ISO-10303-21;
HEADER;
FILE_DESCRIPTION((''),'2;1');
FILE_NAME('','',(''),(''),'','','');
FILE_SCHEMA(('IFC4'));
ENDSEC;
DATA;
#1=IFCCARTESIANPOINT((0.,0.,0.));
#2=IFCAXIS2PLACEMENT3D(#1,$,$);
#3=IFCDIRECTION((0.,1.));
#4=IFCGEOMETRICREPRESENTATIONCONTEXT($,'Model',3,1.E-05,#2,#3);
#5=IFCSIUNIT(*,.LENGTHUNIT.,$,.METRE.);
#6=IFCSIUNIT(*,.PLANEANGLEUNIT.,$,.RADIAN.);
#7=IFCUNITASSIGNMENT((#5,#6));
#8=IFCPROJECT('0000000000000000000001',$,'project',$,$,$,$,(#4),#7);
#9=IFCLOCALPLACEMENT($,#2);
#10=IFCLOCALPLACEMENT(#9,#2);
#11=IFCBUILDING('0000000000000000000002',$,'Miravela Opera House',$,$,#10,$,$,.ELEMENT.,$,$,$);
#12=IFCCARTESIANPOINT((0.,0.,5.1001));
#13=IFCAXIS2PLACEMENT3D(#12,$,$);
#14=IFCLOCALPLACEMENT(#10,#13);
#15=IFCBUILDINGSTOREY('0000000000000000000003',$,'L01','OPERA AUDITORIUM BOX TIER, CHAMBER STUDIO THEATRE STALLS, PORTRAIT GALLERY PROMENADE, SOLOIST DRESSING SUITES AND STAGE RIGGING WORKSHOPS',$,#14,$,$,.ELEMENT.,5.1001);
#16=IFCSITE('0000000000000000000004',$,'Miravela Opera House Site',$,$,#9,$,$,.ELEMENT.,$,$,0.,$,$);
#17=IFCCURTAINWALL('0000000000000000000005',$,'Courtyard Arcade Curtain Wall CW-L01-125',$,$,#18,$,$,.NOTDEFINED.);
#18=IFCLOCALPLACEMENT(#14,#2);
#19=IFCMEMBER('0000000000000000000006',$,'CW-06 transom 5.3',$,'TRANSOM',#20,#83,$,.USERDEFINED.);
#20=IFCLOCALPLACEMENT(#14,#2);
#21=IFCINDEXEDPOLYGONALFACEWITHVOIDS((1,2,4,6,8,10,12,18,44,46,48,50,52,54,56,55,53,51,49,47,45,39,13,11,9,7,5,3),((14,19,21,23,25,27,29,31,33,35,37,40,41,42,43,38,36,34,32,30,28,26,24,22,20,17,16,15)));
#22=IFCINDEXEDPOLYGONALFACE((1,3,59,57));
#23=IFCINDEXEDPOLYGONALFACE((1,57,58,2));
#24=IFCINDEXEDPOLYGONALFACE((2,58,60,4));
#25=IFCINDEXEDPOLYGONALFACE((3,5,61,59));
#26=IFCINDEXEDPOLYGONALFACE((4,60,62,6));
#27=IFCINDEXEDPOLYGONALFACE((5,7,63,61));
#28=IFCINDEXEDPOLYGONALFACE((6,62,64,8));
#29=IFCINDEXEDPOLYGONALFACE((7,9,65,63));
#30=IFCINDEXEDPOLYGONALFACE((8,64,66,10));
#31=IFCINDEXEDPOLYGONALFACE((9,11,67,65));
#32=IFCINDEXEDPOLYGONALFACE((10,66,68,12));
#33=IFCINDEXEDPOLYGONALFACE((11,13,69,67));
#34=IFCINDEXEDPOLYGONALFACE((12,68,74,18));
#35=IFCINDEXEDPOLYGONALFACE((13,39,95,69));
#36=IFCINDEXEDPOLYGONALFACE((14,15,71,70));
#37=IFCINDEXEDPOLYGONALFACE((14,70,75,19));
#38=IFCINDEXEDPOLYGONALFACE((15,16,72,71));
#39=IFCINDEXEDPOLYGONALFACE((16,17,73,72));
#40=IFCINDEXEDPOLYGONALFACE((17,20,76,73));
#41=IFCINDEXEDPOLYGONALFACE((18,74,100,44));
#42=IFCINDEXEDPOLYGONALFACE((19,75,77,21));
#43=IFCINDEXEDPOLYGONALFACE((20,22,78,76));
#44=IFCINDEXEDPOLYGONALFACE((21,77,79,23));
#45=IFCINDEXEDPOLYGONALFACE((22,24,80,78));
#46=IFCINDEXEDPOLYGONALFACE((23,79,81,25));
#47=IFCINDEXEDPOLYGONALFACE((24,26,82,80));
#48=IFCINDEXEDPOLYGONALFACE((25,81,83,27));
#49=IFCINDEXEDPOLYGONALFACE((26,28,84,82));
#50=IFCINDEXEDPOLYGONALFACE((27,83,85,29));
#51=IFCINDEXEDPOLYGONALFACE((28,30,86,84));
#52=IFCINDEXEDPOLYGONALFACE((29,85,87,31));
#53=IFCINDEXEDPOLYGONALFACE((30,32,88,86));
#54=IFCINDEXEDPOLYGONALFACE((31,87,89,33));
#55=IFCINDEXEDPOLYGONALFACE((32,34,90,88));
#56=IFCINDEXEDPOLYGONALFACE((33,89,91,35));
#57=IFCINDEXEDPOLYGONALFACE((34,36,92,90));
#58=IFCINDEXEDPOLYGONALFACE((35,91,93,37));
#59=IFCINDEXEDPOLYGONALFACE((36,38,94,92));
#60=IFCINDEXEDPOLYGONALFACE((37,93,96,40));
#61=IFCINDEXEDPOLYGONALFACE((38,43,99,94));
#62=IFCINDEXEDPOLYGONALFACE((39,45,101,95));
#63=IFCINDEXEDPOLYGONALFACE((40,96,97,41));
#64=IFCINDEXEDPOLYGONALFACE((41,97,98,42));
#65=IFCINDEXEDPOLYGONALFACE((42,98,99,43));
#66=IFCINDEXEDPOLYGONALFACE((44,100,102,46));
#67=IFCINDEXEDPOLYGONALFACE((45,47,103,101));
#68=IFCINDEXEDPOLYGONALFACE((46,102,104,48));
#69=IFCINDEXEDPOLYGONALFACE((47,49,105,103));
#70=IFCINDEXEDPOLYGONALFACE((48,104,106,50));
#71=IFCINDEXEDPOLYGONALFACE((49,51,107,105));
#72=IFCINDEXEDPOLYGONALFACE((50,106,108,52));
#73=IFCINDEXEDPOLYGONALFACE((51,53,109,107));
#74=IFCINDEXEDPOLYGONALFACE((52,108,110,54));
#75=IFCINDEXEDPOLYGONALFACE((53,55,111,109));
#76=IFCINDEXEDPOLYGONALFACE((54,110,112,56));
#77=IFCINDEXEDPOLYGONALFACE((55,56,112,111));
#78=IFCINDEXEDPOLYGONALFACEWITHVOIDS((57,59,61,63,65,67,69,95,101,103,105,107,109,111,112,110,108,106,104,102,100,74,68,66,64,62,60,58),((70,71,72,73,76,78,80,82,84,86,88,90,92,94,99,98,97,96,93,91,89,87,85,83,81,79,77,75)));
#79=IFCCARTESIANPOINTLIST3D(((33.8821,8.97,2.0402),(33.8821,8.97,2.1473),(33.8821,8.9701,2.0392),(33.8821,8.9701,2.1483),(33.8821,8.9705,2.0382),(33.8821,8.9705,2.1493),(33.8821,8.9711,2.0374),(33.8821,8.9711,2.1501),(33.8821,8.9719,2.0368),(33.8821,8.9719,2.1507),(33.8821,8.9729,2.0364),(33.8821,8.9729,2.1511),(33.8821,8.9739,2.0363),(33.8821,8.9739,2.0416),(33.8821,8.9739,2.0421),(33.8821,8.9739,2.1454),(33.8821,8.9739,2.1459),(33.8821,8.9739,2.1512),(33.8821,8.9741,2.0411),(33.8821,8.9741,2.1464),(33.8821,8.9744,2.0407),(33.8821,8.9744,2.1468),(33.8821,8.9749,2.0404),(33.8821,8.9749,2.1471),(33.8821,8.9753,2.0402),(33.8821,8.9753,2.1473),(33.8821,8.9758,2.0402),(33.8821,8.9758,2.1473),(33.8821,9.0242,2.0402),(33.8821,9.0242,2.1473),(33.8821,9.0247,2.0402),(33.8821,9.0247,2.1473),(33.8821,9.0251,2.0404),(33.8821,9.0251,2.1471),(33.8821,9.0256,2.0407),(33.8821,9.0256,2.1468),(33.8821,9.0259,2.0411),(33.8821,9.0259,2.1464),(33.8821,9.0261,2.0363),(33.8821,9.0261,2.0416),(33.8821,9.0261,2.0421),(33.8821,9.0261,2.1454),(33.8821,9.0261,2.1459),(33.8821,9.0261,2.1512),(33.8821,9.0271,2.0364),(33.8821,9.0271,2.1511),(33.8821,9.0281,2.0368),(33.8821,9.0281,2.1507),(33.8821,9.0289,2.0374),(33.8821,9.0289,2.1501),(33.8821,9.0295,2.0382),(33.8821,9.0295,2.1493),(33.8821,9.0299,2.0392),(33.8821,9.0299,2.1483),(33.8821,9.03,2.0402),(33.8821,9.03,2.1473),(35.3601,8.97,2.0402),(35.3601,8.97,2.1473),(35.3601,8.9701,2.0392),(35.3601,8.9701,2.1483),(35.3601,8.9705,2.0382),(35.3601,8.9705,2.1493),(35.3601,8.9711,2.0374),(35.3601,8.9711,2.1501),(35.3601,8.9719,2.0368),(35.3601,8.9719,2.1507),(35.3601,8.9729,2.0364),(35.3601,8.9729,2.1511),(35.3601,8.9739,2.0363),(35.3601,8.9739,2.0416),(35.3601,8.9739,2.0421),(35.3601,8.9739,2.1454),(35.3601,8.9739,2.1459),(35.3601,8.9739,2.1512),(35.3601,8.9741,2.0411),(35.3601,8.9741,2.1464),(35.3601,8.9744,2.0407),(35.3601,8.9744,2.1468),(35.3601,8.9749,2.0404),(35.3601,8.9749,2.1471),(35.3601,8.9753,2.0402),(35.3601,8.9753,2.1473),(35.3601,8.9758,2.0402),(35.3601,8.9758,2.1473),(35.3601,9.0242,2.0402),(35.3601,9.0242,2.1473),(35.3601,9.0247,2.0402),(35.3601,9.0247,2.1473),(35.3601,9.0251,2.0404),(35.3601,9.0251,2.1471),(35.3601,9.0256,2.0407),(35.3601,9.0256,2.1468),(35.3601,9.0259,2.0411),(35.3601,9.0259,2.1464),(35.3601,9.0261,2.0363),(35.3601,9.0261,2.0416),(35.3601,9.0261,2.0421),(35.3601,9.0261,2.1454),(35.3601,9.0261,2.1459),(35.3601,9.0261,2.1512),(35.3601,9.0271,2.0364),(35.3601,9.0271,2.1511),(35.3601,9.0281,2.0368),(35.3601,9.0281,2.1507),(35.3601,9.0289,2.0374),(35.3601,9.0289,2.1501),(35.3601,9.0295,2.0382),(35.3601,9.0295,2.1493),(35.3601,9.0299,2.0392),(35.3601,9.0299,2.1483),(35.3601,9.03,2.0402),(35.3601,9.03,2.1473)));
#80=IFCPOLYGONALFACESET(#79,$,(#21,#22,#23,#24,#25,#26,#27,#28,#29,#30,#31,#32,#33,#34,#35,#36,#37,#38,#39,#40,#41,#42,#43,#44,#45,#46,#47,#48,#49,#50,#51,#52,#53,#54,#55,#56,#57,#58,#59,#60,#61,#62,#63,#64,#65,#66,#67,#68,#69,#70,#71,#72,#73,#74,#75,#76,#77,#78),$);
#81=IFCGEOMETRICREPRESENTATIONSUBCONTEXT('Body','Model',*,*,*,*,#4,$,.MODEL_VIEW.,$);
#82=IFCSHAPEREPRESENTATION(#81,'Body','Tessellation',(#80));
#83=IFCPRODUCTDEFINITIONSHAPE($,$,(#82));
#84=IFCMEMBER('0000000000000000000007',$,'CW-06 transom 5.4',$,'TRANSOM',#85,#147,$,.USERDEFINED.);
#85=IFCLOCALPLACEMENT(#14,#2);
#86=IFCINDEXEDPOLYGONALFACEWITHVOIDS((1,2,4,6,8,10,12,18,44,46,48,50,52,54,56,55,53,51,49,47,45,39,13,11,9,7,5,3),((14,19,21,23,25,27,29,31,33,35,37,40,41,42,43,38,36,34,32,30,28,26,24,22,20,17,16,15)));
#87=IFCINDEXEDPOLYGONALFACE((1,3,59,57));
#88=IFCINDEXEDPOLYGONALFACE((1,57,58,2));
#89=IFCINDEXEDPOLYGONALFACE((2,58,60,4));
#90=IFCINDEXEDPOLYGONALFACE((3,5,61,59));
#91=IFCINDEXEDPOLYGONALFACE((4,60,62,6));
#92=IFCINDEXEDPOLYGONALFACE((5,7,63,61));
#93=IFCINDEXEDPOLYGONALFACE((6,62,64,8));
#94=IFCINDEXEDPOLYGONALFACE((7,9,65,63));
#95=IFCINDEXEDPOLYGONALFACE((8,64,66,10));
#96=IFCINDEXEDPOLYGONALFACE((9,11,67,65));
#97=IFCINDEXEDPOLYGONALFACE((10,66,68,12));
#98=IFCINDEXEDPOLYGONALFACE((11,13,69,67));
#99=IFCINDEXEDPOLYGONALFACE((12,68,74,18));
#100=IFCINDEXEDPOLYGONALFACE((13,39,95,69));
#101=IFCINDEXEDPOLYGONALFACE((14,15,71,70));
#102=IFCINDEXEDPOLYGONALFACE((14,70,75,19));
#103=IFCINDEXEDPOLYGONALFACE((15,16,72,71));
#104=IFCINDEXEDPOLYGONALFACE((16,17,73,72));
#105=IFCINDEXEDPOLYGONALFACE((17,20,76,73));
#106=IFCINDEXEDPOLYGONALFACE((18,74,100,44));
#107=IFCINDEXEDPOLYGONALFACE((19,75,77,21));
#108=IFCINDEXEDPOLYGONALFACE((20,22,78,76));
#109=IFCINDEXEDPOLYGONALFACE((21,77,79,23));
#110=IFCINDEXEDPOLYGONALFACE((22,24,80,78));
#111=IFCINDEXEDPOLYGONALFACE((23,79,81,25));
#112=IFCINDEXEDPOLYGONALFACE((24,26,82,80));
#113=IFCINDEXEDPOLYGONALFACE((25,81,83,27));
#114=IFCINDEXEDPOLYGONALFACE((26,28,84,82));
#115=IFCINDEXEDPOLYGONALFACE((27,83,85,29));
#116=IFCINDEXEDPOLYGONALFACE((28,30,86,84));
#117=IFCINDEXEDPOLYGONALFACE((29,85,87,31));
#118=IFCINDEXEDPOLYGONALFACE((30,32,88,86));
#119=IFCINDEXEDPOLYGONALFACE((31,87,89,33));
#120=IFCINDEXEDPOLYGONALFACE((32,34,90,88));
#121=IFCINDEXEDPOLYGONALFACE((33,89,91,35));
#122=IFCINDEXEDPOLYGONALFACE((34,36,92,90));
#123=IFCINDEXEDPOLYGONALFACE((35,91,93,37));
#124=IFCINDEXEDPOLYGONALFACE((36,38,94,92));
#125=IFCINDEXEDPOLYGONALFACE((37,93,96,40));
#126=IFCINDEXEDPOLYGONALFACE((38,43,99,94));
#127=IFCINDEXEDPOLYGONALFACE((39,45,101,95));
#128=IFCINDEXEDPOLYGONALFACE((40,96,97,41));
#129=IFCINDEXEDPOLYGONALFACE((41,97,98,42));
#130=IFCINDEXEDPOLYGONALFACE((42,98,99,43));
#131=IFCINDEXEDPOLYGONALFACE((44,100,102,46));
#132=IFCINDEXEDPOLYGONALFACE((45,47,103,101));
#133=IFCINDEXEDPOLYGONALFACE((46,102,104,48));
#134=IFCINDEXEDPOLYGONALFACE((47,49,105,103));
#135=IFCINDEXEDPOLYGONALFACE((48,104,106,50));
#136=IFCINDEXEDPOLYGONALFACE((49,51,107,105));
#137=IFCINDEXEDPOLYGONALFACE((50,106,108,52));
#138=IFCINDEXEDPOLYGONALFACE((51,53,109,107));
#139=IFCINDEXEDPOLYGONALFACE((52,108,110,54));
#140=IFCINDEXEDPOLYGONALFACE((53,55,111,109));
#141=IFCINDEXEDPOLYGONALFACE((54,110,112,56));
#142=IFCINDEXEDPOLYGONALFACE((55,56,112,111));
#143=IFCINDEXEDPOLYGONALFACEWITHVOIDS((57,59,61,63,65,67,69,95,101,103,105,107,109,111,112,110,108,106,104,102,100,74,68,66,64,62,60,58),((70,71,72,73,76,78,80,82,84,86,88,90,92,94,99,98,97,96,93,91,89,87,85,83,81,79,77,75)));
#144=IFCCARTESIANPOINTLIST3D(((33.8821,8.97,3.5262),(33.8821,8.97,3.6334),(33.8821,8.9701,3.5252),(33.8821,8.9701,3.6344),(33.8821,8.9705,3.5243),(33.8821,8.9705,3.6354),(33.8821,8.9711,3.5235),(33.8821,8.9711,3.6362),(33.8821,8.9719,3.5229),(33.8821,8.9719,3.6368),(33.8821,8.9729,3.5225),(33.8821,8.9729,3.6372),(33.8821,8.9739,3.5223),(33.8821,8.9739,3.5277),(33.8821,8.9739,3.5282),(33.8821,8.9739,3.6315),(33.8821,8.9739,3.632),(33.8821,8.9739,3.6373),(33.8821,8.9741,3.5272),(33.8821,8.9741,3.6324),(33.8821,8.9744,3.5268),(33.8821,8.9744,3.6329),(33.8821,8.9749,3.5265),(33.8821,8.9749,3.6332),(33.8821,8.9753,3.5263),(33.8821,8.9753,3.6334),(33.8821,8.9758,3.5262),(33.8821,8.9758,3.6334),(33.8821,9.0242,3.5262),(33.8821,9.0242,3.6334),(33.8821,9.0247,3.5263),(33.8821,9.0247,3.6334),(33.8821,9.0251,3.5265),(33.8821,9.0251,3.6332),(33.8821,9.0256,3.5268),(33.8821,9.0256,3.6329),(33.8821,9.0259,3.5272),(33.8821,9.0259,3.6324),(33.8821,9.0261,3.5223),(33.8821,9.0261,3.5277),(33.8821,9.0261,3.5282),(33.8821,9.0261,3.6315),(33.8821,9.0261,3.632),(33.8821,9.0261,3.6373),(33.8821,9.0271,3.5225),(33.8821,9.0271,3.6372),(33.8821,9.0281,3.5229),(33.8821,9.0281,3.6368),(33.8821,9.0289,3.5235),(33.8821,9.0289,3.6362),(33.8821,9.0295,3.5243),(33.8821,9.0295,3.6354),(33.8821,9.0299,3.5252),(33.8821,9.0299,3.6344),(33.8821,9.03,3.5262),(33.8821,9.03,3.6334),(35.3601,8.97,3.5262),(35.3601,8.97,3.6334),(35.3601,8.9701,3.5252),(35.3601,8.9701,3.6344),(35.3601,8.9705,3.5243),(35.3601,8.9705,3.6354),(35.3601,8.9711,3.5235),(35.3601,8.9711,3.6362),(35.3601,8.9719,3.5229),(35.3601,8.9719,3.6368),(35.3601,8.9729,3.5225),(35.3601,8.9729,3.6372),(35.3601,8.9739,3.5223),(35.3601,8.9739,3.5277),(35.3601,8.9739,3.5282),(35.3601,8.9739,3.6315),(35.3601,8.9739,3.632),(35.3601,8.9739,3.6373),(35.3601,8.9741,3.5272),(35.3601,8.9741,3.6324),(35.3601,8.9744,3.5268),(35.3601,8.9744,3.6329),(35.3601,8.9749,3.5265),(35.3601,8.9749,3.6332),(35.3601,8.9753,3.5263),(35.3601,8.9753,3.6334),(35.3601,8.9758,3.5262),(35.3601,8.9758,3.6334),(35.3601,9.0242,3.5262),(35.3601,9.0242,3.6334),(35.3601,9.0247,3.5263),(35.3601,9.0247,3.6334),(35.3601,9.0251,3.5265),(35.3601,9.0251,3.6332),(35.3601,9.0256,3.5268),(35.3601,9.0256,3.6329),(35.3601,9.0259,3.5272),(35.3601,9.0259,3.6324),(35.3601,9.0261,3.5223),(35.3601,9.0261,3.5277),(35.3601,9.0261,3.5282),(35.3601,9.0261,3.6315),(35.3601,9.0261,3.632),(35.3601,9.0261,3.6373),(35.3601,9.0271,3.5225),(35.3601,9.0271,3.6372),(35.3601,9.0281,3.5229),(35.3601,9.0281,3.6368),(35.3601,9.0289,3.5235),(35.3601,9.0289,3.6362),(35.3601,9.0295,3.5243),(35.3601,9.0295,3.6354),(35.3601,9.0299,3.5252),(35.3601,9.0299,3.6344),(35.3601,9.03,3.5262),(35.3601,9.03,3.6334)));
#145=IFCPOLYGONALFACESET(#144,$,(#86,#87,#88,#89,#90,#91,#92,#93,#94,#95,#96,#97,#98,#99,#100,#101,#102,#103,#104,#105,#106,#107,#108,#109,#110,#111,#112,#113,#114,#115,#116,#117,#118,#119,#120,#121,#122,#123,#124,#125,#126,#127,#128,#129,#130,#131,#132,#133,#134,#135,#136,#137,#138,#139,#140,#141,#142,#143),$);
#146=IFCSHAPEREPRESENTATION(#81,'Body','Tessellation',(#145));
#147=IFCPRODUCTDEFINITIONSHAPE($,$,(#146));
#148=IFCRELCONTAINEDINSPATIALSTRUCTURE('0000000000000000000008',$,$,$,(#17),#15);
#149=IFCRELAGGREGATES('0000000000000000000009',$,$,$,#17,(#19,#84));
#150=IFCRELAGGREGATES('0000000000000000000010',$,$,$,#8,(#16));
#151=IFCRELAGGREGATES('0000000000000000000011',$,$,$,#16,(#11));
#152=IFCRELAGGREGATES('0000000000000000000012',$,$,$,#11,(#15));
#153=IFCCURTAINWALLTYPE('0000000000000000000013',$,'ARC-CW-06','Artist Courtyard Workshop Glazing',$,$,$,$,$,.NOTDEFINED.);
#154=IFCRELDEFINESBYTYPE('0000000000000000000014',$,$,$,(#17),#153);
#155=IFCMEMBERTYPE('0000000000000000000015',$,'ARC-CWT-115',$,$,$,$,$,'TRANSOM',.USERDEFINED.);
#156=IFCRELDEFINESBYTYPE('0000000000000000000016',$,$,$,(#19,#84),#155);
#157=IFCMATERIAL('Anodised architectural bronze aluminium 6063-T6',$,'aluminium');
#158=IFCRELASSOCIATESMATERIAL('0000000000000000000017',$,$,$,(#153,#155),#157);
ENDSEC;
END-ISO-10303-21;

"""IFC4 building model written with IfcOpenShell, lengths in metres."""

from ifc_helpers import new_model, si_unit, direction, frame, origin, origin_2d, place, context, subcontext, project, spatial, hollow_rectangle, extrude, material, material_profile, profile_set, type_object, element, aggregate, save


model = new_model("IFC4")

# Units and contexts
model_context = context("Model", 3, precision=1e-05, world=origin(), true_north=direction((0.0, 1.0)))
body_context = subcontext(model_context, "Body", "Model", "MODEL_VIEW")
ifc_project = project(units=[si_unit("LENGTHUNIT", "METRE"), si_unit("PLANEANGLEUNIT", "RADIAN")], contexts=[model_context])

# Site, building, storey
site_placement = place(None, origin())
site = spatial("IfcSite", under=ifc_project, at=site_placement, Name="Miravela Opera House Site", CompositionType="ELEMENT", RefElevation=0.0)
building_placement = place(site_placement, origin())
building = spatial("IfcBuilding", under=site, at=building_placement, Name="Miravela Opera House", CompositionType="ELEMENT")
storey_placement = place(building_placement, frame((0.0, 0.0, 5.1001)))
storey = spatial("IfcBuildingStorey", under=building, at=storey_placement, Name="L01", Description="OPERA AUDITORIUM BOX TIER, CHAMBER STUDIO THEATRE STALLS, PORTRAIT GALLERY PROMENADE, SOLOIST DRESSING SUITES AND STAGE RIGGING WORKSHOPS", CompositionType="ELEMENT", Elevation=5.1001)

# Curtain wall
ifc_material_1 = material(Name="Anodised architectural bronze aluminium 6063-T6", Category="aluminium")
curtain_wall_type = type_object("IfcCurtainWallType", Name="ARC-CW-06", Description="Artist Courtyard Workshop Glazing", PredefinedType="NOTDEFINED", material=ifc_material_1)
curtain_wall_1_placement = place(storey_placement, origin())
curtain_wall_1 = element("IfcCurtainWall", 1, at=curtain_wall_1_placement, inside=storey, type_object=curtain_wall_type, Name="Courtyard Arcade Curtain Wall CW-L01-125", PredefinedType="NOTDEFINED")

# Members
ifc_material_profile_1 = material_profile(ifc_material_1, hollow_rectangle(XDim=0.0601, YDim=0.115, WallThickness=0.0039, InnerFilletRadius=0.002, OuterFilletRadius=0.0039, at=origin_2d()), Name="CWT-60X115")
ifc_profile_set_1 = profile_set([ifc_material_profile_1])
member_type_1 = type_object("IfcMemberType", Name="ARC-CWT-115", ElementType="TRANSOM", PredefinedType="USERDEFINED", material=ifc_profile_set_1)
member_1_placement = place(storey_placement, frame((33.8821, 9.0, 2.0938), z_axis=(1.0, 0.0, 0.0), x_axis=(0.0, 1.0, 0.0)))
member_1 = element("IfcMember", 2, at=member_1_placement, type_object=member_type_1, Name="CW-06 transom 5.3", ObjectType="TRANSOM", PredefinedType="USERDEFINED", context=body_context, shape_type="SweptSolid", body=[
    extrude(hollow_rectangle(XDim=0.0601, YDim=0.115, WallThickness=0.0039, InnerFilletRadius=0.002, OuterFilletRadius=0.0039, at=origin_2d()), origin(), (0.0, 0.0, 1.0), 1.478),
])
member_2_placement = place(storey_placement, frame((33.8821, 9.0, 3.5798), z_axis=(1.0, 0.0, 0.0), x_axis=(0.0, 1.0, 0.0)))
member_2 = element("IfcMember", 3, at=member_2_placement, type_object=member_type_1, Name="CW-06 transom 5.4", ObjectType="TRANSOM", PredefinedType="USERDEFINED", context=body_context, shape_type="SweptSolid", body=[
    extrude(hollow_rectangle(XDim=0.0601, YDim=0.115, WallThickness=0.0039, InnerFilletRadius=0.002, OuterFilletRadius=0.0039, at=origin_2d()), origin(), (0.0, 0.0, 1.0), 1.478),
])

aggregate(curtain_wall_1, [member_1, member_2])

save(model, "model.ifc")
